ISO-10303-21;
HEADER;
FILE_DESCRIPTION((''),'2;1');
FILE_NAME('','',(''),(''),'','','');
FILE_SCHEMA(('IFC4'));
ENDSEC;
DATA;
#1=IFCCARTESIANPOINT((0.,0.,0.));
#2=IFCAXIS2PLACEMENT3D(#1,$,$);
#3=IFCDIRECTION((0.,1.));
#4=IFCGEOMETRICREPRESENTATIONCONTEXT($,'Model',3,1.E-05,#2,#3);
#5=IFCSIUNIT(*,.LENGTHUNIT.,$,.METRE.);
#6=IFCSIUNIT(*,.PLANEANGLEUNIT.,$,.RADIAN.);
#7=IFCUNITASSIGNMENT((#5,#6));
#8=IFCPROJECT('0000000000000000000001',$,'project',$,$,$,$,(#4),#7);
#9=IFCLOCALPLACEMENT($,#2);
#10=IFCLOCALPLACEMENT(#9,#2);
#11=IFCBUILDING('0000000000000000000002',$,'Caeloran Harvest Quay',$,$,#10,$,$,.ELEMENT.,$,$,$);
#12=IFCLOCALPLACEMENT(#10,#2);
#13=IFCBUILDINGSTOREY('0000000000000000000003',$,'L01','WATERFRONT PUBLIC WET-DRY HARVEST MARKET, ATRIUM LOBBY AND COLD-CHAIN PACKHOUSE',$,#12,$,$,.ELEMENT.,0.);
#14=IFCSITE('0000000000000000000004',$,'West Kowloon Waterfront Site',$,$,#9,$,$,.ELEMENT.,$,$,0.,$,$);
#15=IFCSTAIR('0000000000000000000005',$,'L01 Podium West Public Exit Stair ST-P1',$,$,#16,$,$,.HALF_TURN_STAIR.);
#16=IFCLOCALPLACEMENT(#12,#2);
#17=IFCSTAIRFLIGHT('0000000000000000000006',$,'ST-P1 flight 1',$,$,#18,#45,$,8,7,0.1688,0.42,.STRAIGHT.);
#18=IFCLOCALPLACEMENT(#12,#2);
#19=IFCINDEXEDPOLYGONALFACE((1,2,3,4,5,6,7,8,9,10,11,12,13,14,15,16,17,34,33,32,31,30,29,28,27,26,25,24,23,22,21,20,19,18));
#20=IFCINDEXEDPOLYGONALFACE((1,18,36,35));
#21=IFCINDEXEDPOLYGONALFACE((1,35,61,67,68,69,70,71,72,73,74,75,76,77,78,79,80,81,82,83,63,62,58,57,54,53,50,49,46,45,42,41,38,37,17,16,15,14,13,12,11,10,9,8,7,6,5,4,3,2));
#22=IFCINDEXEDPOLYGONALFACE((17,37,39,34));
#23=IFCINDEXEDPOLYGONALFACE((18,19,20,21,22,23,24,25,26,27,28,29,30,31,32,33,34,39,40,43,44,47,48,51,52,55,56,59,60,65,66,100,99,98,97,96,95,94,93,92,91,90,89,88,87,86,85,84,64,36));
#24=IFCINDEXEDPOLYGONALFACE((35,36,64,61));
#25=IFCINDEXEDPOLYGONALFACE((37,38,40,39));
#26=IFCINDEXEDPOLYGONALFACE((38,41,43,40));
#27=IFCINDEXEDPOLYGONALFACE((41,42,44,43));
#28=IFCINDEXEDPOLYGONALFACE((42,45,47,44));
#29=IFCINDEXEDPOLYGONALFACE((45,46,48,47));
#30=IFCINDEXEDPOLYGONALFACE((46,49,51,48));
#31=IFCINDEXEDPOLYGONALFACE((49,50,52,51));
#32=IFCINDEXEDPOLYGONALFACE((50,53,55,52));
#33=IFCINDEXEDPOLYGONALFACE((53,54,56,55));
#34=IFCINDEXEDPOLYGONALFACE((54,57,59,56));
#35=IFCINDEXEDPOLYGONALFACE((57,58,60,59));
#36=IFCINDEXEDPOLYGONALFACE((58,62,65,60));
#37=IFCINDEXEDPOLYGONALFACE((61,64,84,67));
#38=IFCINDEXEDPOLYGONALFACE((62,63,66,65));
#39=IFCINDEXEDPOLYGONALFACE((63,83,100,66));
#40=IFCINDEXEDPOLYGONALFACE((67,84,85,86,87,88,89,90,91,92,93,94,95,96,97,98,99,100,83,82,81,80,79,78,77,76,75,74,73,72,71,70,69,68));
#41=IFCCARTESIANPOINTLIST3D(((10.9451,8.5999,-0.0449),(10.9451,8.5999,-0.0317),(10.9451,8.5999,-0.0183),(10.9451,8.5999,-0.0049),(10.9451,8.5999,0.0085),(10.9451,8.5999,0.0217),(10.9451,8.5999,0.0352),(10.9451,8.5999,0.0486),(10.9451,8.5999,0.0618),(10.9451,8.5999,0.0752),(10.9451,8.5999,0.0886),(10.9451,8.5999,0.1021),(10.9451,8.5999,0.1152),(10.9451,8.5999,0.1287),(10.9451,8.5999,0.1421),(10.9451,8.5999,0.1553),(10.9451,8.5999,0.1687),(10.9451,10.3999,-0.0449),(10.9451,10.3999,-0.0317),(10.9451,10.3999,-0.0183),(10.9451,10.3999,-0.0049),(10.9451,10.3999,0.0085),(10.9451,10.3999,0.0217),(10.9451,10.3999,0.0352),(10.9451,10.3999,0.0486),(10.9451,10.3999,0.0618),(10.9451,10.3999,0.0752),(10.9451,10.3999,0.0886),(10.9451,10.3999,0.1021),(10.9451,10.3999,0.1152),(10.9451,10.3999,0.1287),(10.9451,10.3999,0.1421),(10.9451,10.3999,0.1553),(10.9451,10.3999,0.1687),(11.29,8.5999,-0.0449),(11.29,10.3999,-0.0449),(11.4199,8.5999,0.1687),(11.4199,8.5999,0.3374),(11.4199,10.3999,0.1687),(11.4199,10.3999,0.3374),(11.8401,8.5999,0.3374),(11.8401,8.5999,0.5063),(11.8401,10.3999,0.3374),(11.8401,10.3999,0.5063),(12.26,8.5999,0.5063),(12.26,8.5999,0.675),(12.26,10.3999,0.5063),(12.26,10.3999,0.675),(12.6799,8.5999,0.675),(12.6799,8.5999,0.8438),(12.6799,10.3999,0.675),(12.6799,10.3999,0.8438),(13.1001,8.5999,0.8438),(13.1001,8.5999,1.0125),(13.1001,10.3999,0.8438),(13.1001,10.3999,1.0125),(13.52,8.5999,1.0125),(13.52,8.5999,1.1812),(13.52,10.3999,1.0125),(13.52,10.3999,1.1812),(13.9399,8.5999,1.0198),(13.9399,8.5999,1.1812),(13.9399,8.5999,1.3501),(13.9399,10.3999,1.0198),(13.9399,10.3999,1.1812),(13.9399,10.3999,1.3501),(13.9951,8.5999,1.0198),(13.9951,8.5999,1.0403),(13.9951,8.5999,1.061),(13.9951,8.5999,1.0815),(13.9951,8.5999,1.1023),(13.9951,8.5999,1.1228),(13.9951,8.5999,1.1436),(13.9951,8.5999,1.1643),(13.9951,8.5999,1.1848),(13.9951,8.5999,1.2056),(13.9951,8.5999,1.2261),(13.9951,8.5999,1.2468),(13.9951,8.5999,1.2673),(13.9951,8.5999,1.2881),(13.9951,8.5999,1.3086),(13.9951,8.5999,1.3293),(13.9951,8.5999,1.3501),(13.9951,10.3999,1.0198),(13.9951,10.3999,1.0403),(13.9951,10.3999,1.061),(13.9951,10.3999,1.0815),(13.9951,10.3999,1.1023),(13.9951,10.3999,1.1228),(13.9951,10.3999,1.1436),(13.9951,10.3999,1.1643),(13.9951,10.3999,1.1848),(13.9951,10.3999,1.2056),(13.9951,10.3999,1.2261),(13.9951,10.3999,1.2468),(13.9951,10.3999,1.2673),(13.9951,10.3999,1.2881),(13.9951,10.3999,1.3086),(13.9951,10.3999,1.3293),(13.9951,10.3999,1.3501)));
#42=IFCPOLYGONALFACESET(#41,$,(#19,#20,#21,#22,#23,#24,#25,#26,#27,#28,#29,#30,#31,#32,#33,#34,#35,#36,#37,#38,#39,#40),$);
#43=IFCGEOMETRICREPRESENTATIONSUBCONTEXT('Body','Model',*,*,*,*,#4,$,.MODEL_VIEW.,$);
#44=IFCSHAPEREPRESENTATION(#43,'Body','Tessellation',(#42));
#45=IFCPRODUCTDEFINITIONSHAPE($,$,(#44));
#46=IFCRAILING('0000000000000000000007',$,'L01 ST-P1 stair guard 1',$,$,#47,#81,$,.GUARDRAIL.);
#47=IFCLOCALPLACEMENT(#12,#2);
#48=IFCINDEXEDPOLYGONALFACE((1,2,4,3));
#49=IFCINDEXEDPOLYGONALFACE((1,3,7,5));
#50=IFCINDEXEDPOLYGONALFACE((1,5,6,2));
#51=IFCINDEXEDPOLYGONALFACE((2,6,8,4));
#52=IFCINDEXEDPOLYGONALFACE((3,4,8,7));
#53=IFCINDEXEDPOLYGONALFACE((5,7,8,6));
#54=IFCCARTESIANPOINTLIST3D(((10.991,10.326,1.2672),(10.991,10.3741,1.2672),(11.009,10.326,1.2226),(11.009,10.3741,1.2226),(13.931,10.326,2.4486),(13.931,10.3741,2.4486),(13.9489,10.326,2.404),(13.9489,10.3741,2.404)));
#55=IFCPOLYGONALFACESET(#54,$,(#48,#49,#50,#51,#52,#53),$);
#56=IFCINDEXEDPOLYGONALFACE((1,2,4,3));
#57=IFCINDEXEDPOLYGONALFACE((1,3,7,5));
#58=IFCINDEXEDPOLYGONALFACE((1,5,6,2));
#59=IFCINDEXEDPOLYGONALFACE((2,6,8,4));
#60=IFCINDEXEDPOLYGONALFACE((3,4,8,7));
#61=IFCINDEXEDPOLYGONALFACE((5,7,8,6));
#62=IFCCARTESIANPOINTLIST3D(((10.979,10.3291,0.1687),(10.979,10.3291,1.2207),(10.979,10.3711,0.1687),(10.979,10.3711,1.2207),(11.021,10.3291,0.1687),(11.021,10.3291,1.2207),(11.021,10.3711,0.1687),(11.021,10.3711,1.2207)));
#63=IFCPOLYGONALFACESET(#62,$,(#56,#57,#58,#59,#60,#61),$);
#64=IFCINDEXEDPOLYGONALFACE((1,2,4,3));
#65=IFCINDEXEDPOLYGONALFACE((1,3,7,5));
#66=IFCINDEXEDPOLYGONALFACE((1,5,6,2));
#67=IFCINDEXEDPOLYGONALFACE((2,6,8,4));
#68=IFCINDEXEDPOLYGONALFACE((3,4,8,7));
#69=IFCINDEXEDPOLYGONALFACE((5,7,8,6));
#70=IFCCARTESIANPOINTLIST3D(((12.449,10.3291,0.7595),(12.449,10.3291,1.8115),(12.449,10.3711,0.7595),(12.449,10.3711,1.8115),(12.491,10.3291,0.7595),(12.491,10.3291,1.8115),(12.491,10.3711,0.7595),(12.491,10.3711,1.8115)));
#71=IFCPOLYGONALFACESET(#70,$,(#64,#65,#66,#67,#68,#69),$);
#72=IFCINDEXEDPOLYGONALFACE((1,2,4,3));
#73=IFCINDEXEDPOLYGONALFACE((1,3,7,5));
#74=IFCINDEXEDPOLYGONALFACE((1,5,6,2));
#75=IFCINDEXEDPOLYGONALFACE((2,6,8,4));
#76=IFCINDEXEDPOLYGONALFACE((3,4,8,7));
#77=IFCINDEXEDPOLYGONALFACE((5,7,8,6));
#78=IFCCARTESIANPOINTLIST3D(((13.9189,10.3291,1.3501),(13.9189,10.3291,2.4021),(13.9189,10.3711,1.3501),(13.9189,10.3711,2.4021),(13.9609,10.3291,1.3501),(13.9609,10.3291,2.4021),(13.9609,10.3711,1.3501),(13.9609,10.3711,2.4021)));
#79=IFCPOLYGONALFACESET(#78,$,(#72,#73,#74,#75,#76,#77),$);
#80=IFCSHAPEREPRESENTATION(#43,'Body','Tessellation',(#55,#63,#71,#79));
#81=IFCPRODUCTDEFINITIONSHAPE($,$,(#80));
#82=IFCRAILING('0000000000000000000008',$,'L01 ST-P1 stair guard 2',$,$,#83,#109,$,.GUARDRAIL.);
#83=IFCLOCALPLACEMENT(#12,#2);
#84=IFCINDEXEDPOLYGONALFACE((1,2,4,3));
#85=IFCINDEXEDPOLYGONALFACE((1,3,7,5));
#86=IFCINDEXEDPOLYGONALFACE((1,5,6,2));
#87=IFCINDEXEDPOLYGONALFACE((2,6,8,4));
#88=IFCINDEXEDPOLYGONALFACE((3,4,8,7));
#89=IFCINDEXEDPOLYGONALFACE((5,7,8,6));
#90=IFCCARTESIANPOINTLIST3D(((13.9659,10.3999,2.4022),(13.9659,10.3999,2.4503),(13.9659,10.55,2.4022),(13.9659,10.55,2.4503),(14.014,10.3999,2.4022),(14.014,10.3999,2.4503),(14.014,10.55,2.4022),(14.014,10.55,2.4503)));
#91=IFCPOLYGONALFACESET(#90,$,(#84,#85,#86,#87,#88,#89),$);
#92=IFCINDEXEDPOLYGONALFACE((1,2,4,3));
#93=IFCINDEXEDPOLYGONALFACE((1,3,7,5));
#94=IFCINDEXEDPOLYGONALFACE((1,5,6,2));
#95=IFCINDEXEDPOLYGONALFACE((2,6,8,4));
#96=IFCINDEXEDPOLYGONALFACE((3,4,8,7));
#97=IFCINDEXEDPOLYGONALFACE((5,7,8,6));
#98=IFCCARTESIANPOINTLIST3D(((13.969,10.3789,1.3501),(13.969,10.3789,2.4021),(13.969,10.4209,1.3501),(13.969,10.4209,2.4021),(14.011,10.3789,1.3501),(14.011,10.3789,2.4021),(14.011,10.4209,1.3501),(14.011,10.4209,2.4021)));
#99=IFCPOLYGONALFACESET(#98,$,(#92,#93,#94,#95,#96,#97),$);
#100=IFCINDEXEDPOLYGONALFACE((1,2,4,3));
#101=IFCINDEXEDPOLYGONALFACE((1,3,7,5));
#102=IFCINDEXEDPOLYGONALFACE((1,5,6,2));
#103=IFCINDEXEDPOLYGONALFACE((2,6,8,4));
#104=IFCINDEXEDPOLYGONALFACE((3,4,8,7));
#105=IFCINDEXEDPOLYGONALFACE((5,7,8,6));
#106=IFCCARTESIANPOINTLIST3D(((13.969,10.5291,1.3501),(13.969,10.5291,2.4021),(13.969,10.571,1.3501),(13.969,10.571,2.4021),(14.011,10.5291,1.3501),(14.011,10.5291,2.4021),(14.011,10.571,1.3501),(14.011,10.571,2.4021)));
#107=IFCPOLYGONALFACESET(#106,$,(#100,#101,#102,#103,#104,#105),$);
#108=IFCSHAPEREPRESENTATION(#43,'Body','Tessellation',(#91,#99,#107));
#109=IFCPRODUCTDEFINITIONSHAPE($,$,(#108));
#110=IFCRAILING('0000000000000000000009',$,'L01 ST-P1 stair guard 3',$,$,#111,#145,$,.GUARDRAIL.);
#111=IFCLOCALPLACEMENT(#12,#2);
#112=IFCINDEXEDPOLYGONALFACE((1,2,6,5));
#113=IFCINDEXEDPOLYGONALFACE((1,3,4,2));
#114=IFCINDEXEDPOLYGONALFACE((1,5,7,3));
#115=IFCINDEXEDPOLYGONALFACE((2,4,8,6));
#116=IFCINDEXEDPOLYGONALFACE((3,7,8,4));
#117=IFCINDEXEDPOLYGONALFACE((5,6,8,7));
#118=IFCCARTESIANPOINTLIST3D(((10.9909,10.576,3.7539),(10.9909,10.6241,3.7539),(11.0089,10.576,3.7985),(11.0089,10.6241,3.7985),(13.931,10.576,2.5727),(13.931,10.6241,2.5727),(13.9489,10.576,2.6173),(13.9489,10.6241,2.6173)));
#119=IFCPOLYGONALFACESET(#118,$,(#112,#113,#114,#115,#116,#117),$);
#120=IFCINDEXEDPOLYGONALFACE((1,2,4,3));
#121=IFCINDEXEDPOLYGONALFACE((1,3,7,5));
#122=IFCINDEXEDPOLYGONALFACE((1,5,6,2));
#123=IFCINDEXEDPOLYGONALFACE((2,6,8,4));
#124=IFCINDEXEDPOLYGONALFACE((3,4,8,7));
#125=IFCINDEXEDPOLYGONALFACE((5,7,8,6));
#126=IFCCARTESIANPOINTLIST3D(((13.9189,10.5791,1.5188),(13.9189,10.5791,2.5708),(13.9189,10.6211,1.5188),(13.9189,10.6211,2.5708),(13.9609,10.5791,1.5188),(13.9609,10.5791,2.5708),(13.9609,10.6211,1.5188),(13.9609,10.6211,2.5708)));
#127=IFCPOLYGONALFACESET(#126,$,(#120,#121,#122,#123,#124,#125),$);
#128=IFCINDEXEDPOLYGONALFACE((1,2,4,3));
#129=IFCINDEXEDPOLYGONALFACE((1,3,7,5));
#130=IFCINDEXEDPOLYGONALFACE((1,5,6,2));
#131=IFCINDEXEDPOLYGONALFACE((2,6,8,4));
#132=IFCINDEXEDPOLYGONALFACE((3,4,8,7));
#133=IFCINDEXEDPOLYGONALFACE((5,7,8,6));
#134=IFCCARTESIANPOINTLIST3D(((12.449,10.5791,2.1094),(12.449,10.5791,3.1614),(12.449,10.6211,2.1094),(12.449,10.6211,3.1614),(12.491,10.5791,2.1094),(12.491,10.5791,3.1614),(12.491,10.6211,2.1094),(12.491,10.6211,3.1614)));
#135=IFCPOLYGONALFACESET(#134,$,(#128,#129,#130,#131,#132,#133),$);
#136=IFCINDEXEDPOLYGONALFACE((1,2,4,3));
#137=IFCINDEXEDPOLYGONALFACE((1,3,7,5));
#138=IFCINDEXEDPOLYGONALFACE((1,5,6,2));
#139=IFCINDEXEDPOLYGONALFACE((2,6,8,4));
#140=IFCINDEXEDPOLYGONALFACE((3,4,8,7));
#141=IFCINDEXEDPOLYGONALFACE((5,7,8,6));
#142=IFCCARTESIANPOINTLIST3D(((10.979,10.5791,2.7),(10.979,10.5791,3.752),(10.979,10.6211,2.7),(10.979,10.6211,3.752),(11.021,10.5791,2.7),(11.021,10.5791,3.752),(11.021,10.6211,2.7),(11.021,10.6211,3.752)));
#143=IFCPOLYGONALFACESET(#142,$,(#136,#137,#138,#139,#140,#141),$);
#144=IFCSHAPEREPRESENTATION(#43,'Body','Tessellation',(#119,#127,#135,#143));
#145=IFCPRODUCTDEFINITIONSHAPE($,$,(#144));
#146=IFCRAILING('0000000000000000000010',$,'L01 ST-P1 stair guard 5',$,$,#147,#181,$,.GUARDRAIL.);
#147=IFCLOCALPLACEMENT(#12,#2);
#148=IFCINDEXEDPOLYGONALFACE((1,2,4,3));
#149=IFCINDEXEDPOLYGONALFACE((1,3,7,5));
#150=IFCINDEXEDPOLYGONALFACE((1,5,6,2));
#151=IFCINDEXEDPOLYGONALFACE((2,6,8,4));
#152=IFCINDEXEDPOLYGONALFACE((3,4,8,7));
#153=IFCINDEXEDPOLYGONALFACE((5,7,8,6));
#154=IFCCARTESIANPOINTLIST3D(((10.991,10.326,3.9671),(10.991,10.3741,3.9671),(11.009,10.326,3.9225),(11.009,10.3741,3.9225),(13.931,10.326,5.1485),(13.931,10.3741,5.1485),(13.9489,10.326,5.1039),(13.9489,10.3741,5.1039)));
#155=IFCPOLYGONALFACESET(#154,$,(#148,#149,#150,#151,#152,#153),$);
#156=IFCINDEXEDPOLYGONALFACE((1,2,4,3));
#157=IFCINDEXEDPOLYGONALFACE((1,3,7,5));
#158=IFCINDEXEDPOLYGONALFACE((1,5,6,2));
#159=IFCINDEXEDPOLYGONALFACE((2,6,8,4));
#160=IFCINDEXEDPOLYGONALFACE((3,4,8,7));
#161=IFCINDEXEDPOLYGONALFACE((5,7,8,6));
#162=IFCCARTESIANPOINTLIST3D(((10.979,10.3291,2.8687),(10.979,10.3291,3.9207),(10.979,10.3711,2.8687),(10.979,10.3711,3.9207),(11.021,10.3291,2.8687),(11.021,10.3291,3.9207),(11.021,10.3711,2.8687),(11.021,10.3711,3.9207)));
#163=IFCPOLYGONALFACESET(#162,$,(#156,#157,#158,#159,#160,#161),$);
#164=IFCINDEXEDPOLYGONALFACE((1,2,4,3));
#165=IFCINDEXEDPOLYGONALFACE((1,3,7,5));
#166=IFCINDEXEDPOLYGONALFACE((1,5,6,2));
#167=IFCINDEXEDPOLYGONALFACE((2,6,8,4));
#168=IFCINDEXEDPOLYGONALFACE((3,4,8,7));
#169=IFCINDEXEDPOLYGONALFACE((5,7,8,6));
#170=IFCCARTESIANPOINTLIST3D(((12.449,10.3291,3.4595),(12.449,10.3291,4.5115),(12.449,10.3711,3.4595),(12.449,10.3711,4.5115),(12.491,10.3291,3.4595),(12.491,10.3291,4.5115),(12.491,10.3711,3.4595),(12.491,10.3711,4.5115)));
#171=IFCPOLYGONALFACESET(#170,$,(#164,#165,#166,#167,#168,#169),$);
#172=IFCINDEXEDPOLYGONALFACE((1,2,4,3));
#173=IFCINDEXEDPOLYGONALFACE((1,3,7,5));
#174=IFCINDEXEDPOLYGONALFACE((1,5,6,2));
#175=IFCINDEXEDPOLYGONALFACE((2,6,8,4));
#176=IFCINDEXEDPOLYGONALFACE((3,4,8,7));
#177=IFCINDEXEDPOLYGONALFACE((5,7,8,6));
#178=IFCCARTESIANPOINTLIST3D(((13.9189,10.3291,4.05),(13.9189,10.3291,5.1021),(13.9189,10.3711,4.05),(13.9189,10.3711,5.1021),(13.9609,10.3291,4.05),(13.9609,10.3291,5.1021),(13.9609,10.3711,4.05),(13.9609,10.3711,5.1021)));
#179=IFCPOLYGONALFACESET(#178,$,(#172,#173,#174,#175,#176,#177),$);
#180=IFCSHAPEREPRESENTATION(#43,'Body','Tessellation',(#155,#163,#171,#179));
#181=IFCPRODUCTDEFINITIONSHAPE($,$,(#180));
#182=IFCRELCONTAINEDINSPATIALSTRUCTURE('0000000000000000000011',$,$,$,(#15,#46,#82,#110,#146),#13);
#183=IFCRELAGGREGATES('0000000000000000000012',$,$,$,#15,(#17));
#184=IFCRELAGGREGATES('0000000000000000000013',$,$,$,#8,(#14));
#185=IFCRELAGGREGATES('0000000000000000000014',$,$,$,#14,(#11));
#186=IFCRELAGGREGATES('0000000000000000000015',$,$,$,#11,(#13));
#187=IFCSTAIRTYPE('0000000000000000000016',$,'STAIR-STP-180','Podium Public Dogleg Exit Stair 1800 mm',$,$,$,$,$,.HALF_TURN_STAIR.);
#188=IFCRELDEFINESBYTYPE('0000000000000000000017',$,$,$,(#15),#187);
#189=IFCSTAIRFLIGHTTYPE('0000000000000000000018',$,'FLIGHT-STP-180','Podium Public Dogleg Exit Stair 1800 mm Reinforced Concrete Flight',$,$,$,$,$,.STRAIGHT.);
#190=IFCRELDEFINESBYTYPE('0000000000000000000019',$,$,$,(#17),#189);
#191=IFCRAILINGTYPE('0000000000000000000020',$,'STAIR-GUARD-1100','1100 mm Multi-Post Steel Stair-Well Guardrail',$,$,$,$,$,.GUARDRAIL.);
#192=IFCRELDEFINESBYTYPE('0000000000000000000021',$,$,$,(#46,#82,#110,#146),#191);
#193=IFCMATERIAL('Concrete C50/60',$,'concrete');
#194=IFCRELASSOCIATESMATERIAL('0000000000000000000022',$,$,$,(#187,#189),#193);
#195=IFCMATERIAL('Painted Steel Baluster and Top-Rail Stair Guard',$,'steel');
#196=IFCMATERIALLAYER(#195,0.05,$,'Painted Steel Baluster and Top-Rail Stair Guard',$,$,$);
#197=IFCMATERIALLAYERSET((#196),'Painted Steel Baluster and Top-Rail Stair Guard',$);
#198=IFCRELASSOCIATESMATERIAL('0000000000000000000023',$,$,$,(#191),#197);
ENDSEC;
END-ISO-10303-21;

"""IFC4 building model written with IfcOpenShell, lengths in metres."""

from ifc_helpers import new_model, si_unit, direction, frame, origin, origin_2d, place, context, subcontext, project, spatial, polyline, rectangle, outline, extrude, material, layer, layer_set, type_object, element, aggregate, save


model = new_model("IFC4")

# Units and contexts
model_context = context("Model", 3, precision=1e-05, world=origin(), true_north=direction((0.0, 1.0)))
body_context = subcontext(model_context, "Body", "Model", "MODEL_VIEW")
ifc_project = project(units=[si_unit("LENGTHUNIT", "METRE"), si_unit("PLANEANGLEUNIT", "RADIAN")], contexts=[model_context])

# Site, building, storey
site_placement = place(None, origin())
site = spatial("IfcSite", under=ifc_project, at=site_placement, Name="West Kowloon Waterfront Site", CompositionType="ELEMENT", RefElevation=0.0)
building_placement = place(site_placement, origin())
building = spatial("IfcBuilding", under=site, at=building_placement, Name="Caeloran Harvest Quay", CompositionType="ELEMENT")
storey_placement = place(building_placement, origin())
storey = spatial("IfcBuildingStorey", under=building, at=storey_placement, Name="L01", Description="WATERFRONT PUBLIC WET-DRY HARVEST MARKET, ATRIUM LOBBY AND COLD-CHAIN PACKHOUSE", CompositionType="ELEMENT", Elevation=0.0)

# Stair, stair flight
ifc_material_1 = material(Name="Concrete C50/60", Category="concrete")
stair_type = type_object("IfcStairType", Name="STAIR-STP-180", Description="Podium Public Dogleg Exit Stair 1800 mm", PredefinedType="HALF_TURN_STAIR", material=ifc_material_1)
stair_placement = place(storey_placement, origin())
stair = element("IfcStair", 1, at=stair_placement, inside=storey, type_object=stair_type, Name="L01 Podium West Public Exit Stair ST-P1", PredefinedType="HALF_TURN_STAIR")
stair_flight_type = type_object("IfcStairFlightType", Name="FLIGHT-STP-180", Description="Podium Public Dogleg Exit Stair 1800 mm Reinforced Concrete Flight", PredefinedType="STRAIGHT", material=ifc_material_1)
stair_flight_1_placement = place(storey_placement, frame((11.0, 9.5, 0.0), z_axis=(0.0, 0.0, 1.0), x_axis=(1.0, 0.0, 0.0)))
stair_flight_1 = element("IfcStairFlight", 2, at=stair_flight_1_placement, type_object=stair_flight_type, Name="ST-P1 flight 1", NumberOfRisers=8, NumberOfTreads=7, PredefinedType="STRAIGHT", RiserHeight=0.1688, TreadLength=0.42, context=body_context, shape_type="SweptSolid", body=[
    extrude(outline(polyline([(-0.0549, -0.0449), (-0.0549, -0.0317), (-0.0549, -0.0183), (-0.0549, -0.0049), (-0.0549, 0.0085), (-0.0549, 0.0217), (-0.0549, 0.0352), (-0.0549, 0.0486), (-0.0549, 0.0618), (-0.0549, 0.0752), (-0.0549, 0.0886), (-0.0549, 0.1021), (-0.0549, 0.1152), (-0.0549, 0.1287), (-0.0549, 0.1421), (-0.0549, 0.1553), (-0.0549, 0.1687), (0.4199, 0.1687), (0.4199, 0.3374), (0.8401, 0.3374), (0.8401, 0.5063), (1.26, 0.5063), (1.26, 0.675), (1.6799, 0.675), (1.6799, 0.8438), (2.1001, 0.8438), (2.1001, 1.0125), (2.52, 1.0125), (2.52, 1.1812), (2.9399, 1.1812), (2.9399, 1.3501), (2.9951, 1.3501), (2.9951, 1.3293), (2.9951, 1.3086), (2.9951, 1.2881), (2.9951, 1.2673), (2.9951, 1.2468), (2.9951, 1.2261), (2.9951, 1.2056), (2.9951, 1.1848), (2.9951, 1.1643), (2.9951, 1.1436), (2.9951, 1.1228), (2.9951, 1.1023), (2.9951, 1.0815), (2.9951, 1.061), (2.9951, 1.0403), (2.9951, 1.0198), (2.9399, 1.0198), (0.29, -0.0449), (-0.0549, -0.0449)])), frame((0.0, 0.8999, 0.0), z_axis=(0.0, -1.0, 0.0), x_axis=(1.0, 0.0, 0.0)), (0.0, 0.0, 1.0), 1.8),
])
aggregate(stair, [stair_flight_1])

# Railings
ifc_material_2 = material(Name="Painted Steel Baluster and Top-Rail Stair Guard", Category="steel")
ifc_layer_1 = layer(ifc_material_2, 0.05, Name="Painted Steel Baluster and Top-Rail Stair Guard")
ifc_layer_set_1 = layer_set([ifc_layer_1], Name="Painted Steel Baluster and Top-Rail Stair Guard")
railing_type_1 = type_object("IfcRailingType", Name="STAIR-GUARD-1100", Description="1100 mm Multi-Post Steel Stair-Well Guardrail", PredefinedType="GUARDRAIL", material=ifc_layer_set_1)
railing_1_placement = place(storey_placement, frame((11.0, 10.3501, 0.1687)))
element("IfcRailing", 3, at=railing_1_placement, inside=storey, type_object=railing_type_1, Name="L01 ST-P1 stair guard 1", PredefinedType="GUARDRAIL", context=body_context, shape_type="SweptSolid", body=[
    extrude(rectangle(XDim=0.0481, YDim=0.0481, at=origin_2d()), frame((0.0, 0.0, 1.0762), z_axis=(0.927886, 0.0, 0.372865), x_axis=(0.0, 1.0, 0.0)), (0.0, 0.0, 1.0), 3.1685),
    extrude(rectangle(XDim=0.042, YDim=0.042, at=origin_2d()), origin(), (0.0, 0.0, 1.0), 1.052),
    extrude(rectangle(XDim=0.042, YDim=0.042, at=origin_2d()), frame((1.47, 0.0, 0.5908)), (0.0, 0.0, 1.0), 1.052),
    extrude(rectangle(XDim=0.042, YDim=0.042, at=origin_2d()), frame((2.9399, 0.0, 1.1814)), (0.0, 0.0, 1.0), 1.052),
])
railing_2_placement = place(storey_placement, frame((13.99, 10.3999, 1.3501)))
element("IfcRailing", 4, at=railing_2_placement, inside=storey, type_object=railing_type_1, Name="L01 ST-P1 stair guard 2", PredefinedType="GUARDRAIL", context=body_context, shape_type="SweptSolid", body=[
    extrude(rectangle(XDim=0.0481, YDim=0.0481, at=origin_2d()), frame((0.0, 0.0, 1.0762), z_axis=(0.0, 1.0, 0.0), x_axis=(-1.0, 0.0, 0.0)), (0.0, 0.0, 1.0), 0.1501),
    extrude(rectangle(XDim=0.042, YDim=0.042, at=origin_2d()), origin(), (0.0, 0.0, 1.0), 1.052),
    extrude(rectangle(XDim=0.042, YDim=0.042, at=origin_2d()), frame((0.0, 0.1501, 0.0)), (0.0, 0.0, 1.0), 1.052),
])
railing_3_placement = place(storey_placement, frame((13.9399, 10.6001, 1.5188)))
element("IfcRailing", 5, at=railing_3_placement, inside=storey, type_object=railing_type_1, Name="L01 ST-P1 stair guard 3", PredefinedType="GUARDRAIL", context=body_context, shape_type="SweptSolid", body=[
    extrude(rectangle(XDim=0.0481, YDim=0.0481, at=origin_2d()), frame((0.0, 0.0, 1.0762), z_axis=(-0.927912, 0.0, 0.372799), x_axis=(0.0, -1.0, 0.0)), (0.0, 0.0, 1.0), 3.1685),
    extrude(rectangle(XDim=0.042, YDim=0.042, at=origin_2d()), origin(), (0.0, 0.0, 1.0), 1.052),
    extrude(rectangle(XDim=0.042, YDim=0.042, at=origin_2d()), frame((-1.47, 0.0, 0.5906)), (0.0, 0.0, 1.0), 1.052),
    extrude(rectangle(XDim=0.042, YDim=0.042, at=origin_2d()), frame((-2.9399, 0.0, 1.1812)), (0.0, 0.0, 1.0), 1.052),
])
railing_4_placement = place(storey_placement, frame((11.0, 10.3501, 2.8687)))
element("IfcRailing", 6, at=railing_4_placement, inside=storey, type_object=railing_type_1, Name="L01 ST-P1 stair guard 5", PredefinedType="GUARDRAIL", context=body_context, shape_type="SweptSolid", body=[
    extrude(rectangle(XDim=0.0481, YDim=0.0481, at=origin_2d()), frame((0.0, 0.0, 1.0762), z_axis=(0.927886, 0.0, 0.372865), x_axis=(0.0, 1.0, 0.0)), (0.0, 0.0, 1.0), 3.1685),
    extrude(rectangle(XDim=0.042, YDim=0.042, at=origin_2d()), origin(), (0.0, 0.0, 1.0), 1.052),
    extrude(rectangle(XDim=0.042, YDim=0.042, at=origin_2d()), frame((1.47, 0.0, 0.5908)), (0.0, 0.0, 1.0), 1.052),
    extrude(rectangle(XDim=0.042, YDim=0.042, at=origin_2d()), frame((2.9399, 0.0, 1.1814)), (0.0, 0.0, 1.0), 1.052),
])

save(model, "model.ifc")
